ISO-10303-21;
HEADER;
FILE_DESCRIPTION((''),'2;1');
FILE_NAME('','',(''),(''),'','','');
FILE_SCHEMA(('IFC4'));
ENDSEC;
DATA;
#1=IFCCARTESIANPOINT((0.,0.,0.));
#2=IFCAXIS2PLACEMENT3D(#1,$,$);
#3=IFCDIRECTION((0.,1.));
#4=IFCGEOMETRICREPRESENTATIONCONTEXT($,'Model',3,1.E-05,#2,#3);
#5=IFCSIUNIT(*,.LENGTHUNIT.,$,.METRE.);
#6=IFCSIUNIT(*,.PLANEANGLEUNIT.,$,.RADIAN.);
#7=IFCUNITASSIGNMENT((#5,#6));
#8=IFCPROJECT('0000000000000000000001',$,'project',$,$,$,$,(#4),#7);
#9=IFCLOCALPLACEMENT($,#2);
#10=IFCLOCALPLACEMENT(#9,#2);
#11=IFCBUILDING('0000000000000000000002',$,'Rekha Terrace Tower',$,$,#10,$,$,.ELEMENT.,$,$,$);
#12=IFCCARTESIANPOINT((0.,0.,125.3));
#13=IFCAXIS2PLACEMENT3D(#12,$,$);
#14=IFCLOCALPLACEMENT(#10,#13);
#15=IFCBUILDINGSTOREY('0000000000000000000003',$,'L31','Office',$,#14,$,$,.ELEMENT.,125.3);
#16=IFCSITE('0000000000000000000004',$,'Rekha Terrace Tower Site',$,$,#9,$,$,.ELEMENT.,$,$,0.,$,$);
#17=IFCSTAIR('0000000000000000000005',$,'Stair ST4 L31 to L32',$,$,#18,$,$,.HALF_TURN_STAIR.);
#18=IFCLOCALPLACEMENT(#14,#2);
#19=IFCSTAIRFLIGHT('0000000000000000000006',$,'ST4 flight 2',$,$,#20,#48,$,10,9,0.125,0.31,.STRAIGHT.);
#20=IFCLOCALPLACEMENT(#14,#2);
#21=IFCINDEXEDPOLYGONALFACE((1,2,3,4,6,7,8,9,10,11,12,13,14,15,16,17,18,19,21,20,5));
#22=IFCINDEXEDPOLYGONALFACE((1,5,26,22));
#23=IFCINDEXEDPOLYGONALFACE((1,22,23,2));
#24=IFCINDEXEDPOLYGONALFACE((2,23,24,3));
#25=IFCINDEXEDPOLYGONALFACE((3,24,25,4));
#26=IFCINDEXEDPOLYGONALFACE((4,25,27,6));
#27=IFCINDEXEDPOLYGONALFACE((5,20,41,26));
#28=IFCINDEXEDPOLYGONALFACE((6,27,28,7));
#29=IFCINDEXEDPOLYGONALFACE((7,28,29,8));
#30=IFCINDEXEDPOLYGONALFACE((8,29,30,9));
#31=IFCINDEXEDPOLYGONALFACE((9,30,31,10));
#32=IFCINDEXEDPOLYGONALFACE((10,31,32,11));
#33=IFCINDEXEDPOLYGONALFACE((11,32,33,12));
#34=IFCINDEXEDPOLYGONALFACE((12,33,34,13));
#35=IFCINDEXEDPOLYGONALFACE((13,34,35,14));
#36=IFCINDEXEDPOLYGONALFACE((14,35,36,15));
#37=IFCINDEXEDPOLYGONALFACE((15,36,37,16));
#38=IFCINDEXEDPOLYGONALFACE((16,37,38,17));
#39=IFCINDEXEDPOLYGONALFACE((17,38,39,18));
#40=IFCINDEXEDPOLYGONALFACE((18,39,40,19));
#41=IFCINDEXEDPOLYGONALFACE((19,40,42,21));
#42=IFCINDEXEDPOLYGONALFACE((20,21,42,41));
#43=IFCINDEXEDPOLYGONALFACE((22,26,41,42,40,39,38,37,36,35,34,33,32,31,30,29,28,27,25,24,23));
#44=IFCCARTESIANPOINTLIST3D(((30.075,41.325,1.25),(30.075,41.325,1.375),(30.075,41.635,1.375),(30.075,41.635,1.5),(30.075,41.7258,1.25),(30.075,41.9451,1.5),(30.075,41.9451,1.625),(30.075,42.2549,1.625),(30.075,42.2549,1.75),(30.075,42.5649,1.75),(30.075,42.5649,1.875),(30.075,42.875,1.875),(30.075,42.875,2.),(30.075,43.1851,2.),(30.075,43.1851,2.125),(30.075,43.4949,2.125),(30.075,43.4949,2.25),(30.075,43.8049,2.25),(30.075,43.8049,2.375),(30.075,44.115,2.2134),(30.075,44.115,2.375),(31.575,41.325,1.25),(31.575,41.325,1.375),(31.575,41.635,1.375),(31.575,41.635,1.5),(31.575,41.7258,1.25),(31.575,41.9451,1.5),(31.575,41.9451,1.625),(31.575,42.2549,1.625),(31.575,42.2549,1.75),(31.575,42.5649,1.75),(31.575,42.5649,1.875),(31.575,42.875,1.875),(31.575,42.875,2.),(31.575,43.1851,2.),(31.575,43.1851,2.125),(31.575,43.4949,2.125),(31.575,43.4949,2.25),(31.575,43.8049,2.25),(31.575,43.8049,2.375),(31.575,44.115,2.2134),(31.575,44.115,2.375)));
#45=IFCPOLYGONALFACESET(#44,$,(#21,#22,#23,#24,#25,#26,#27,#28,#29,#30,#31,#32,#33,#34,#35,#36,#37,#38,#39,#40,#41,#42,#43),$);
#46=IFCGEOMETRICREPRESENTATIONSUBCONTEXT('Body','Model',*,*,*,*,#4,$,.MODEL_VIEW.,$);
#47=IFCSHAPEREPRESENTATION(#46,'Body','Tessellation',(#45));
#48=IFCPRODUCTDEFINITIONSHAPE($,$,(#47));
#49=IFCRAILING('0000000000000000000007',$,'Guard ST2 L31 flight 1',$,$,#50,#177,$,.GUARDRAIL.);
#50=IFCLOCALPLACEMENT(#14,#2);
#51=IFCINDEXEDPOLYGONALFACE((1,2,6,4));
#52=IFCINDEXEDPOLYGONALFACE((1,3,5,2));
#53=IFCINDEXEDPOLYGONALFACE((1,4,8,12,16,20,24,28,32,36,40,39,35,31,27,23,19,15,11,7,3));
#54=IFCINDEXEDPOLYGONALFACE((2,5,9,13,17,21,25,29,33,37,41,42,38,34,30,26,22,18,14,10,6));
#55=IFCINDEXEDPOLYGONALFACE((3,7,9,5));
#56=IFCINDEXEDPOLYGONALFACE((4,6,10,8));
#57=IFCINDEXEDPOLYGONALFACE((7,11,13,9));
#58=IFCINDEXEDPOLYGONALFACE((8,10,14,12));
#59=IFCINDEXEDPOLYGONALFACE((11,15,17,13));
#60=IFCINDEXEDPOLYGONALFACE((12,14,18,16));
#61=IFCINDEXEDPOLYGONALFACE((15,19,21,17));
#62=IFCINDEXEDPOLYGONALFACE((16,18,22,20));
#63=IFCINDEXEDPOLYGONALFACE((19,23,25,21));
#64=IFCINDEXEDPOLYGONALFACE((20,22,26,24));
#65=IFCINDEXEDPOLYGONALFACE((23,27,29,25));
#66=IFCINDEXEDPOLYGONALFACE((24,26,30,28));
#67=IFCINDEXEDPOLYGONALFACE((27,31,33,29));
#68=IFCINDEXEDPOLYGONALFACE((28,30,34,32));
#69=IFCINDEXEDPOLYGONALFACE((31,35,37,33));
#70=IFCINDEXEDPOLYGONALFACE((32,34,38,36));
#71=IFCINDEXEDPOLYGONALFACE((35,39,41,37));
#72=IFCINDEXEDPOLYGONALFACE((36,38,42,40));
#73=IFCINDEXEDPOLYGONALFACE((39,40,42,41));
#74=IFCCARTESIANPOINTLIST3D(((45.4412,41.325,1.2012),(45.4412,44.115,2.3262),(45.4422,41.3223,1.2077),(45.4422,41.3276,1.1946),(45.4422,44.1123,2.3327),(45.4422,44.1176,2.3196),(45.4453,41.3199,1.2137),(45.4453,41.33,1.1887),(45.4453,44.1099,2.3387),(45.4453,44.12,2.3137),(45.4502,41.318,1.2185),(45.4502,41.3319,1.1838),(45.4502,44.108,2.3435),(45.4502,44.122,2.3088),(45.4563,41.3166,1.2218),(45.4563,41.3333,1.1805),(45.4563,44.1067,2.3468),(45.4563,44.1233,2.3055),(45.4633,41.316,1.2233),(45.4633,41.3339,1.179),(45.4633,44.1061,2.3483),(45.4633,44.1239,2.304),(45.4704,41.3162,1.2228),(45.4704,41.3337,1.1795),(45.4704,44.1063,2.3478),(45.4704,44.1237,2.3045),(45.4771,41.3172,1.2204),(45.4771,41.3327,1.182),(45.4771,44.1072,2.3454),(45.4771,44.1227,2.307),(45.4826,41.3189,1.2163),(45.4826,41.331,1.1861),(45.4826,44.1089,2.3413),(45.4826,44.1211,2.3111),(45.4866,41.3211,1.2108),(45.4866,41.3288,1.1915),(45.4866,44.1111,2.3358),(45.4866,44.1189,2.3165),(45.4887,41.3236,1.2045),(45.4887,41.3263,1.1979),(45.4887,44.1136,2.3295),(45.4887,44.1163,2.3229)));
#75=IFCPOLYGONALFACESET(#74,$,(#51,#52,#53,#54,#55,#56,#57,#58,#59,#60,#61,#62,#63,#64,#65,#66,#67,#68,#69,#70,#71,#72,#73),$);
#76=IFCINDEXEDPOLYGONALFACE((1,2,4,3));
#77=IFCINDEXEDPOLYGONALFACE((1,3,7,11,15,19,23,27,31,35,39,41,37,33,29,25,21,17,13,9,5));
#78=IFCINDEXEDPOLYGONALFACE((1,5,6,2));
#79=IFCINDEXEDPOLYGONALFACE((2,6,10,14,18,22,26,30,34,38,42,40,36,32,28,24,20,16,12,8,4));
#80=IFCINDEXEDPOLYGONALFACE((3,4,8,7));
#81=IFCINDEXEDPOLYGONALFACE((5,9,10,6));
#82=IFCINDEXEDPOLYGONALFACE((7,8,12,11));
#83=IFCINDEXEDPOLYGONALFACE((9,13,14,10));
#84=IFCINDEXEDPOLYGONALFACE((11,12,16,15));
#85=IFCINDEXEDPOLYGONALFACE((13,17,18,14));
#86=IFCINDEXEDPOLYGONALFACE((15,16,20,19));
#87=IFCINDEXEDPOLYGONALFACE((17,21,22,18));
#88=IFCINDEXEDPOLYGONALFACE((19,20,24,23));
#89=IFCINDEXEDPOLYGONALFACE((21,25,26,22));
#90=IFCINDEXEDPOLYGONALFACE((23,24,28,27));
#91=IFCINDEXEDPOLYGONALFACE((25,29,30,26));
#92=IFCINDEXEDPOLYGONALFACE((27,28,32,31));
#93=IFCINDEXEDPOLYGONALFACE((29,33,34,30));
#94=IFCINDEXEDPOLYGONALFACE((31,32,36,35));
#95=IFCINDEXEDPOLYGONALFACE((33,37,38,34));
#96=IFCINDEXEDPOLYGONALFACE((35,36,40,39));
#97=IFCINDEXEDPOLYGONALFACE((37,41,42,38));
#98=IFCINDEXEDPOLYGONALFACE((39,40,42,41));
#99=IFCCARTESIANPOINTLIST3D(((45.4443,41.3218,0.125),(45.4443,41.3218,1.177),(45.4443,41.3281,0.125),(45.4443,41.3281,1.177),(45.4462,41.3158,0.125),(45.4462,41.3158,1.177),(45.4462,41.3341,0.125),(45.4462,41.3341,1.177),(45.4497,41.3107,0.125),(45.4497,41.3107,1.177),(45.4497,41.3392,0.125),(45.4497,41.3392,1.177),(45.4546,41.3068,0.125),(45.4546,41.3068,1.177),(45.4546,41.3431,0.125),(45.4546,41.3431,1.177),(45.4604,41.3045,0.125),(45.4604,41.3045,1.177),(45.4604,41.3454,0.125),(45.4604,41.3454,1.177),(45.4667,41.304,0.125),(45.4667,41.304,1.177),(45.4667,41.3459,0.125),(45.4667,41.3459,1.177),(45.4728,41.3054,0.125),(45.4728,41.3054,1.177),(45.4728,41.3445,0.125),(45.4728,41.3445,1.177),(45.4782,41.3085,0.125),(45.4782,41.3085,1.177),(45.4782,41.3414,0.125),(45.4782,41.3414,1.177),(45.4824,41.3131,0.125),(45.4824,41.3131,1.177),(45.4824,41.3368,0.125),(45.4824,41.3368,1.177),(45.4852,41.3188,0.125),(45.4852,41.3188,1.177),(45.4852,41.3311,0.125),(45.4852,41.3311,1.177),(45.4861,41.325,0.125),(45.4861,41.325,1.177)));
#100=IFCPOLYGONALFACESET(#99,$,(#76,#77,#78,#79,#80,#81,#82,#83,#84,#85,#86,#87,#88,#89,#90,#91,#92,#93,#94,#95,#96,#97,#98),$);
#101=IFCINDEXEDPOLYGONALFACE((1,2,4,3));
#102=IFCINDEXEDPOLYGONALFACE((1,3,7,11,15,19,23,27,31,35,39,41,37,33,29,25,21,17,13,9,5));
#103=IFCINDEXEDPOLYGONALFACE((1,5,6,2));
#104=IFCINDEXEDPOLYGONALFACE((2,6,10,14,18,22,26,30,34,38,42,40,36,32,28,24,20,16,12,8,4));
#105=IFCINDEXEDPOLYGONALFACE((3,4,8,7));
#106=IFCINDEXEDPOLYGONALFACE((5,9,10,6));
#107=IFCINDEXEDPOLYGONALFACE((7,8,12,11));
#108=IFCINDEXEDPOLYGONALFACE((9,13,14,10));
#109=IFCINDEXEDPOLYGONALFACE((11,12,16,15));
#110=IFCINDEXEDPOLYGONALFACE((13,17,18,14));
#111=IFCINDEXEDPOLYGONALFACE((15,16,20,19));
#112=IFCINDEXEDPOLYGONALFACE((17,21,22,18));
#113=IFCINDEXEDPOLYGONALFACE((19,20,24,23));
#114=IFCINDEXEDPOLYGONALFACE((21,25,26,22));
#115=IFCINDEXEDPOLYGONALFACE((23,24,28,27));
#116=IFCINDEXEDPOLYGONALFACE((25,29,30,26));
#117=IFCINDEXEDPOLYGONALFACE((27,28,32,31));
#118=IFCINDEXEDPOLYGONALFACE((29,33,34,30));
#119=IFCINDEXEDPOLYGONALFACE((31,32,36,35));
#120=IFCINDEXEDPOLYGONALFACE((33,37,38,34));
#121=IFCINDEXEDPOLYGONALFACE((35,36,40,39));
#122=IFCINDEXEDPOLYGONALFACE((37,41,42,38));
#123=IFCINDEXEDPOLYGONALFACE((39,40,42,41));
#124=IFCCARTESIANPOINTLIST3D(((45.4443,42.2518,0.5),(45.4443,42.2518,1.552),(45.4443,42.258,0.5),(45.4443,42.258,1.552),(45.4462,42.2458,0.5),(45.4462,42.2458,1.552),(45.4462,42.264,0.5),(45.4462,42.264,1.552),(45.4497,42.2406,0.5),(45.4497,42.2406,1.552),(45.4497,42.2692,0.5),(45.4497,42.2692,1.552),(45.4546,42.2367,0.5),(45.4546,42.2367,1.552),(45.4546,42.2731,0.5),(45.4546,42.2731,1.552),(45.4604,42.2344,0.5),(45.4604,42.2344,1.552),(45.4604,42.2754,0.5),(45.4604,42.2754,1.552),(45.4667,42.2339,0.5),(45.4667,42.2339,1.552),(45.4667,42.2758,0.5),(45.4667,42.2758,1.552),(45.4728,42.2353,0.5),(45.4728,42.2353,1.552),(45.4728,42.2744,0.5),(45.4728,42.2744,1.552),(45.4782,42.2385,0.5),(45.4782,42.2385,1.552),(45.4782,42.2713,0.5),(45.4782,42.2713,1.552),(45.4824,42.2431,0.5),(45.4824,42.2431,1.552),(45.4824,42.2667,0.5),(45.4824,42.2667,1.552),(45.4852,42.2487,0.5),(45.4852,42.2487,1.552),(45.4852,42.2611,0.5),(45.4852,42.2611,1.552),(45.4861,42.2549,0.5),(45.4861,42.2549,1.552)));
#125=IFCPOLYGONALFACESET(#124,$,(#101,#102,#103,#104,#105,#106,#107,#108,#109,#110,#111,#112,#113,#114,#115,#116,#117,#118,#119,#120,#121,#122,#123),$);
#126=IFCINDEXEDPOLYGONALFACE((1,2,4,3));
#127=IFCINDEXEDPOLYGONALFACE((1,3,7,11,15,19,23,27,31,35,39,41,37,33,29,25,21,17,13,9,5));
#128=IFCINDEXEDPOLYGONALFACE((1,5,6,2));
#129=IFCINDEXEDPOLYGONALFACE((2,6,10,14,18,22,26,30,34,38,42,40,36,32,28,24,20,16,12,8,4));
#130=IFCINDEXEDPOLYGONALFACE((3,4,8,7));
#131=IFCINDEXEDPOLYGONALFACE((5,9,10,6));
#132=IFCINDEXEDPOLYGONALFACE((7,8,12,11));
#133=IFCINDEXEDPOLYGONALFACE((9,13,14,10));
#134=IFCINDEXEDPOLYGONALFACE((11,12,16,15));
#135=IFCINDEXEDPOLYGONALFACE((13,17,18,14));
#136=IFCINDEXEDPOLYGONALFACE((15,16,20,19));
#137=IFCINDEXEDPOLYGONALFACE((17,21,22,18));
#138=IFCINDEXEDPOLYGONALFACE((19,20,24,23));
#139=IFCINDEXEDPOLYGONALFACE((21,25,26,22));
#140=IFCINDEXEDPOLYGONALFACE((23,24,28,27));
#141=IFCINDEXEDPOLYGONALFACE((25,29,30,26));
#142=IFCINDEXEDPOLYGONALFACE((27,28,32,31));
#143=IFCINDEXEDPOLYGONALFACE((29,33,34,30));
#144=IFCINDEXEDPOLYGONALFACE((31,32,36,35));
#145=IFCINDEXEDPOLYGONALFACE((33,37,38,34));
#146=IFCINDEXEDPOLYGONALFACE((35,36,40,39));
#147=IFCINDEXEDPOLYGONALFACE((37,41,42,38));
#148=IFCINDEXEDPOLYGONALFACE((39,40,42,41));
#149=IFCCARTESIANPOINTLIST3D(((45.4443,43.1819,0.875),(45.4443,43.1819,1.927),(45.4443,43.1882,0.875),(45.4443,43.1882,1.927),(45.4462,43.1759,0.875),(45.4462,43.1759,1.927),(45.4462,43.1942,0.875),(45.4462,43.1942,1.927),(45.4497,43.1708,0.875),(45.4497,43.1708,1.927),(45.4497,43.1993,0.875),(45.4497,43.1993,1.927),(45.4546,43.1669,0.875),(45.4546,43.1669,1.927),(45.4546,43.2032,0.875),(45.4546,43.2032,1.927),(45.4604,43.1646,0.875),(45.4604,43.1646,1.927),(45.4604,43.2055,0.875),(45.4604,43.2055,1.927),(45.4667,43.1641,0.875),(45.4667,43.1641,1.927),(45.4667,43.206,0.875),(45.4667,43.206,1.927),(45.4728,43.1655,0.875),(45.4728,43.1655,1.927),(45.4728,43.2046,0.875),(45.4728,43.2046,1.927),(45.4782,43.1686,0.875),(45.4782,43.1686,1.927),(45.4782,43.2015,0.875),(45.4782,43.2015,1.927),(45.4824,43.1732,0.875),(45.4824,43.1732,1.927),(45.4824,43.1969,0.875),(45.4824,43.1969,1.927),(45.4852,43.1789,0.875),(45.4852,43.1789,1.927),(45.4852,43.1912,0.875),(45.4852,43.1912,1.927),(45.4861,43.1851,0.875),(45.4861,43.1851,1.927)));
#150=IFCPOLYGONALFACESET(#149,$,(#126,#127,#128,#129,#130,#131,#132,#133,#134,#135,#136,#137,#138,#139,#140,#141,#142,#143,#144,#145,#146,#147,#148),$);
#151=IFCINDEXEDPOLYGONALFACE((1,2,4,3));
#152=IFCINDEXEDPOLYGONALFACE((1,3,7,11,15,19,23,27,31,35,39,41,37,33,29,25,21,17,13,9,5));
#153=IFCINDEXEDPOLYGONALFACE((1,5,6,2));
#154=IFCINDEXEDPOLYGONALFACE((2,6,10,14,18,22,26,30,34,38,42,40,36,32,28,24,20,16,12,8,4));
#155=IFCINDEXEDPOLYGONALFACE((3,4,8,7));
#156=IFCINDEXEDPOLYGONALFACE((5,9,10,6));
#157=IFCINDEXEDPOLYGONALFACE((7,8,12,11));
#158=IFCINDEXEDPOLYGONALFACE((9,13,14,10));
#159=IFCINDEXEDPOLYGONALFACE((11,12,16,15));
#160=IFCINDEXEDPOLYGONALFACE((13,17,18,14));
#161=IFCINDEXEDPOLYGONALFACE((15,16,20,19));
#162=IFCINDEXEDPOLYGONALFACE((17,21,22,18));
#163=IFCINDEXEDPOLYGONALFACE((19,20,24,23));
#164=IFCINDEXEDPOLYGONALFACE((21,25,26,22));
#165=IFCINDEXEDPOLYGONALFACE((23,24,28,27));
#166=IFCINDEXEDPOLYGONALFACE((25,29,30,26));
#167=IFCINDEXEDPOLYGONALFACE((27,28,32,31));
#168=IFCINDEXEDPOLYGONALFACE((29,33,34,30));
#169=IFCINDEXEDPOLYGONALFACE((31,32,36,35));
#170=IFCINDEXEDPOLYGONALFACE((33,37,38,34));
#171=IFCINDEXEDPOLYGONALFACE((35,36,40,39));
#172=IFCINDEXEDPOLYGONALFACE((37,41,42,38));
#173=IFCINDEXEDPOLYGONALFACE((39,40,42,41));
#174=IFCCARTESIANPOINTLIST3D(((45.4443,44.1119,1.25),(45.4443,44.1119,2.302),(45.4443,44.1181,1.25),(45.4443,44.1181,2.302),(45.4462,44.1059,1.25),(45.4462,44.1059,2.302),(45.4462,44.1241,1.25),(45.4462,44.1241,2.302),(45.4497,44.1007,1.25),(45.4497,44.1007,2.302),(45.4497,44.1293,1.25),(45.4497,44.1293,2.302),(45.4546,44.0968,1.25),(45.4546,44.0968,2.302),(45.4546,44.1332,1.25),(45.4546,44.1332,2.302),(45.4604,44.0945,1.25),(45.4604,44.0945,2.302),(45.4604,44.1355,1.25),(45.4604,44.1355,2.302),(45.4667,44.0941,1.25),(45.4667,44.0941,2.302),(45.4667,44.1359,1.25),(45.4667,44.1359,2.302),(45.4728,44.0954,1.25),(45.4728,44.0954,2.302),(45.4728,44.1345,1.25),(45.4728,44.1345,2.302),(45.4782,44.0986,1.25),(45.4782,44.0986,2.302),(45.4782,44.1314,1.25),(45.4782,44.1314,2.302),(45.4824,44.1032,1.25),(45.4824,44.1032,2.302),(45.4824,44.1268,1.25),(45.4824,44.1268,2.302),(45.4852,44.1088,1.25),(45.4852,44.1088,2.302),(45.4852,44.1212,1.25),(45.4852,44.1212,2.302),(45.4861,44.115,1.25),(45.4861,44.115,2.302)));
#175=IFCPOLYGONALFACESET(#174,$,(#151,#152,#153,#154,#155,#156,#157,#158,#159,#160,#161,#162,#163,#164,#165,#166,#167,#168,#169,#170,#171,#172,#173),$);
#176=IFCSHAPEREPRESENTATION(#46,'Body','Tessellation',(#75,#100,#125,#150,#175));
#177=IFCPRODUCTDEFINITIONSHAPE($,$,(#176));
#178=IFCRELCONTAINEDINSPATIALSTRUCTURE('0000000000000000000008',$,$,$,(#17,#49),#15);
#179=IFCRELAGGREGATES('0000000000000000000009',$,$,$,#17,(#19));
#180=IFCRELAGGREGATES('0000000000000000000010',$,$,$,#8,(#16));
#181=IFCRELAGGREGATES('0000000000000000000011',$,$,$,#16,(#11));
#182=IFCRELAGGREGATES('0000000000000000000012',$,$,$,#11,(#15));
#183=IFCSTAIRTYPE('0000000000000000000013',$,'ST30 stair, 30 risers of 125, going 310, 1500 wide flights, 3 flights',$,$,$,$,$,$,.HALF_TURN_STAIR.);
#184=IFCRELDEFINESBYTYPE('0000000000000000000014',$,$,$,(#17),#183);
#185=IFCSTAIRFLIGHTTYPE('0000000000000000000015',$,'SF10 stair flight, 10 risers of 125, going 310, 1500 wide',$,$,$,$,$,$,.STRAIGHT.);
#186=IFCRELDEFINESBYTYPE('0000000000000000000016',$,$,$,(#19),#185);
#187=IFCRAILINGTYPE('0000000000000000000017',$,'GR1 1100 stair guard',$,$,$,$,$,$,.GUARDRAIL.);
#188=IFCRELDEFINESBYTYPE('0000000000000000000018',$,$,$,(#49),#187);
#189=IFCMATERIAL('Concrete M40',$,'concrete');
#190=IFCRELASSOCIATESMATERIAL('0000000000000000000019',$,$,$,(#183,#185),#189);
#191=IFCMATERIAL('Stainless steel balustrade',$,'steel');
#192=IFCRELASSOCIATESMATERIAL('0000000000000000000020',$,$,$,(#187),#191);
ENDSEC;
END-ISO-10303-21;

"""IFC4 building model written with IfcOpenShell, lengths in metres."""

from ifc_helpers import new_model, si_unit, direction, frame, origin, origin_2d, place, context, subcontext, project, spatial, polyline, circle, outline, extrude, material, type_object, element, aggregate, save


model = new_model("IFC4")

# Units and contexts
model_context = context("Model", 3, precision=1e-05, world=origin(), true_north=direction((0.0, 1.0)))
body_context = subcontext(model_context, "Body", "Model", "MODEL_VIEW")
ifc_project = project(units=[si_unit("LENGTHUNIT", "METRE"), si_unit("PLANEANGLEUNIT", "RADIAN")], contexts=[model_context])

# Site, building, storey
site_placement = place(None, origin())
site = spatial("IfcSite", under=ifc_project, at=site_placement, Name="Rekha Terrace Tower Site", CompositionType="ELEMENT", RefElevation=0.0)
building_placement = place(site_placement, origin())
building = spatial("IfcBuilding", under=site, at=building_placement, Name="Rekha Terrace Tower", CompositionType="ELEMENT")
storey_placement = place(building_placement, frame((0.0, 0.0, 125.3)))
storey = spatial("IfcBuildingStorey", under=building, at=storey_placement, Name="L31", Description="Office", CompositionType="ELEMENT", Elevation=125.3)

# Shared definitions
ifc_material_1 = material(Name="Concrete M40", Category="concrete")
stair_type = type_object("IfcStairType", Name="ST30 stair, 30 risers of 125, going 310, 1500 wide flights, 3 flights", PredefinedType="HALF_TURN_STAIR", material=ifc_material_1)
stair_flight_type = type_object("IfcStairFlightType", Name="SF10 stair flight, 10 risers of 125, going 310, 1500 wide", PredefinedType="STRAIGHT", material=ifc_material_1)

# Stair, stair flight
stair_1_placement = place(storey_placement, origin())
stair_1 = element("IfcStair", 1, at=stair_1_placement, inside=storey, type_object=stair_type, Name="Stair ST4 L31 to L32", PredefinedType="HALF_TURN_STAIR")
stair_flight_1_placement = place(storey_placement, frame((30.825, 41.325, 1.25), z_axis=(0.0, 0.0, 1.0), x_axis=(0.0, 1.0, 0.0)))
stair_flight_1 = element("IfcStairFlight", 2, at=stair_flight_1_placement, type_object=stair_flight_type, Name="ST4 flight 2", NumberOfRisers=10, NumberOfTreads=9, PredefinedType="STRAIGHT", RiserHeight=0.125, TreadLength=0.31, context=body_context, shape_type="SweptSolid", body=[
    extrude(outline(polyline([(0.0, 0.0), (0.0, 0.125), (0.3101, 0.125), (0.3101, 0.25), (0.6201, 0.25), (0.6201, 0.375), (0.9299, 0.375), (0.9299, 0.5), (1.24, 0.5), (1.24, 0.625), (1.55, 0.625), (1.55, 0.75), (1.8601, 0.75), (1.8601, 0.875), (2.1699, 0.875), (2.1699, 1.0), (2.48, 1.0), (2.48, 1.125), (2.79, 1.125), (2.79, 1.25), (2.79, 0.9634), (0.4009, 0.0), (0.0, 0.0)])), frame((0.0, 0.75, 0.0), z_axis=(0.0, -1.0, 0.0), x_axis=(1.0, 0.0, 0.0)), (0.0, 0.0, 1.0), 1.5),
])
aggregate(stair_1, [stair_flight_1])

# Railing
ifc_material_2 = material(Name="Stainless steel balustrade", Category="steel")
railing_type_1 = type_object("IfcRailingType", Name="GR1 1100 stair guard", PredefinedType="GUARDRAIL", material=ifc_material_2)
railing_1_placement = place(storey_placement, frame((45.4651, 41.325, 0.125)))
element("IfcRailing", 3, at=railing_1_placement, inside=storey, type_object=railing_type_1, Name="Guard ST2 L31 flight 1", PredefinedType="GUARDRAIL", context=body_context, shape_type="SweptSolid", body=[
    extrude(circle(Radius=0.0239, at=origin_2d()), frame((0.0, 0.0, 1.0762), z_axis=(0.0, 0.927443, 0.373964), x_axis=(-1.0, 0.0, 0.0)), (0.0, 0.0, 1.0), 3.0083),
    extrude(circle(Radius=0.021, at=origin_2d()), origin(), (0.0, 0.0, 1.0), 1.052),
    extrude(circle(Radius=0.021, at=origin_2d()), frame((0.0, 0.9299, 0.375)), (0.0, 0.0, 1.0), 1.052),
    extrude(circle(Radius=0.021, at=origin_2d()), frame((0.0, 1.8601, 0.75)), (0.0, 0.0, 1.0), 1.052),
    extrude(circle(Radius=0.021, at=origin_2d()), frame((0.0, 2.79, 1.125)), (0.0, 0.0, 1.0), 1.052),
])

save(model, "model.ifc")
